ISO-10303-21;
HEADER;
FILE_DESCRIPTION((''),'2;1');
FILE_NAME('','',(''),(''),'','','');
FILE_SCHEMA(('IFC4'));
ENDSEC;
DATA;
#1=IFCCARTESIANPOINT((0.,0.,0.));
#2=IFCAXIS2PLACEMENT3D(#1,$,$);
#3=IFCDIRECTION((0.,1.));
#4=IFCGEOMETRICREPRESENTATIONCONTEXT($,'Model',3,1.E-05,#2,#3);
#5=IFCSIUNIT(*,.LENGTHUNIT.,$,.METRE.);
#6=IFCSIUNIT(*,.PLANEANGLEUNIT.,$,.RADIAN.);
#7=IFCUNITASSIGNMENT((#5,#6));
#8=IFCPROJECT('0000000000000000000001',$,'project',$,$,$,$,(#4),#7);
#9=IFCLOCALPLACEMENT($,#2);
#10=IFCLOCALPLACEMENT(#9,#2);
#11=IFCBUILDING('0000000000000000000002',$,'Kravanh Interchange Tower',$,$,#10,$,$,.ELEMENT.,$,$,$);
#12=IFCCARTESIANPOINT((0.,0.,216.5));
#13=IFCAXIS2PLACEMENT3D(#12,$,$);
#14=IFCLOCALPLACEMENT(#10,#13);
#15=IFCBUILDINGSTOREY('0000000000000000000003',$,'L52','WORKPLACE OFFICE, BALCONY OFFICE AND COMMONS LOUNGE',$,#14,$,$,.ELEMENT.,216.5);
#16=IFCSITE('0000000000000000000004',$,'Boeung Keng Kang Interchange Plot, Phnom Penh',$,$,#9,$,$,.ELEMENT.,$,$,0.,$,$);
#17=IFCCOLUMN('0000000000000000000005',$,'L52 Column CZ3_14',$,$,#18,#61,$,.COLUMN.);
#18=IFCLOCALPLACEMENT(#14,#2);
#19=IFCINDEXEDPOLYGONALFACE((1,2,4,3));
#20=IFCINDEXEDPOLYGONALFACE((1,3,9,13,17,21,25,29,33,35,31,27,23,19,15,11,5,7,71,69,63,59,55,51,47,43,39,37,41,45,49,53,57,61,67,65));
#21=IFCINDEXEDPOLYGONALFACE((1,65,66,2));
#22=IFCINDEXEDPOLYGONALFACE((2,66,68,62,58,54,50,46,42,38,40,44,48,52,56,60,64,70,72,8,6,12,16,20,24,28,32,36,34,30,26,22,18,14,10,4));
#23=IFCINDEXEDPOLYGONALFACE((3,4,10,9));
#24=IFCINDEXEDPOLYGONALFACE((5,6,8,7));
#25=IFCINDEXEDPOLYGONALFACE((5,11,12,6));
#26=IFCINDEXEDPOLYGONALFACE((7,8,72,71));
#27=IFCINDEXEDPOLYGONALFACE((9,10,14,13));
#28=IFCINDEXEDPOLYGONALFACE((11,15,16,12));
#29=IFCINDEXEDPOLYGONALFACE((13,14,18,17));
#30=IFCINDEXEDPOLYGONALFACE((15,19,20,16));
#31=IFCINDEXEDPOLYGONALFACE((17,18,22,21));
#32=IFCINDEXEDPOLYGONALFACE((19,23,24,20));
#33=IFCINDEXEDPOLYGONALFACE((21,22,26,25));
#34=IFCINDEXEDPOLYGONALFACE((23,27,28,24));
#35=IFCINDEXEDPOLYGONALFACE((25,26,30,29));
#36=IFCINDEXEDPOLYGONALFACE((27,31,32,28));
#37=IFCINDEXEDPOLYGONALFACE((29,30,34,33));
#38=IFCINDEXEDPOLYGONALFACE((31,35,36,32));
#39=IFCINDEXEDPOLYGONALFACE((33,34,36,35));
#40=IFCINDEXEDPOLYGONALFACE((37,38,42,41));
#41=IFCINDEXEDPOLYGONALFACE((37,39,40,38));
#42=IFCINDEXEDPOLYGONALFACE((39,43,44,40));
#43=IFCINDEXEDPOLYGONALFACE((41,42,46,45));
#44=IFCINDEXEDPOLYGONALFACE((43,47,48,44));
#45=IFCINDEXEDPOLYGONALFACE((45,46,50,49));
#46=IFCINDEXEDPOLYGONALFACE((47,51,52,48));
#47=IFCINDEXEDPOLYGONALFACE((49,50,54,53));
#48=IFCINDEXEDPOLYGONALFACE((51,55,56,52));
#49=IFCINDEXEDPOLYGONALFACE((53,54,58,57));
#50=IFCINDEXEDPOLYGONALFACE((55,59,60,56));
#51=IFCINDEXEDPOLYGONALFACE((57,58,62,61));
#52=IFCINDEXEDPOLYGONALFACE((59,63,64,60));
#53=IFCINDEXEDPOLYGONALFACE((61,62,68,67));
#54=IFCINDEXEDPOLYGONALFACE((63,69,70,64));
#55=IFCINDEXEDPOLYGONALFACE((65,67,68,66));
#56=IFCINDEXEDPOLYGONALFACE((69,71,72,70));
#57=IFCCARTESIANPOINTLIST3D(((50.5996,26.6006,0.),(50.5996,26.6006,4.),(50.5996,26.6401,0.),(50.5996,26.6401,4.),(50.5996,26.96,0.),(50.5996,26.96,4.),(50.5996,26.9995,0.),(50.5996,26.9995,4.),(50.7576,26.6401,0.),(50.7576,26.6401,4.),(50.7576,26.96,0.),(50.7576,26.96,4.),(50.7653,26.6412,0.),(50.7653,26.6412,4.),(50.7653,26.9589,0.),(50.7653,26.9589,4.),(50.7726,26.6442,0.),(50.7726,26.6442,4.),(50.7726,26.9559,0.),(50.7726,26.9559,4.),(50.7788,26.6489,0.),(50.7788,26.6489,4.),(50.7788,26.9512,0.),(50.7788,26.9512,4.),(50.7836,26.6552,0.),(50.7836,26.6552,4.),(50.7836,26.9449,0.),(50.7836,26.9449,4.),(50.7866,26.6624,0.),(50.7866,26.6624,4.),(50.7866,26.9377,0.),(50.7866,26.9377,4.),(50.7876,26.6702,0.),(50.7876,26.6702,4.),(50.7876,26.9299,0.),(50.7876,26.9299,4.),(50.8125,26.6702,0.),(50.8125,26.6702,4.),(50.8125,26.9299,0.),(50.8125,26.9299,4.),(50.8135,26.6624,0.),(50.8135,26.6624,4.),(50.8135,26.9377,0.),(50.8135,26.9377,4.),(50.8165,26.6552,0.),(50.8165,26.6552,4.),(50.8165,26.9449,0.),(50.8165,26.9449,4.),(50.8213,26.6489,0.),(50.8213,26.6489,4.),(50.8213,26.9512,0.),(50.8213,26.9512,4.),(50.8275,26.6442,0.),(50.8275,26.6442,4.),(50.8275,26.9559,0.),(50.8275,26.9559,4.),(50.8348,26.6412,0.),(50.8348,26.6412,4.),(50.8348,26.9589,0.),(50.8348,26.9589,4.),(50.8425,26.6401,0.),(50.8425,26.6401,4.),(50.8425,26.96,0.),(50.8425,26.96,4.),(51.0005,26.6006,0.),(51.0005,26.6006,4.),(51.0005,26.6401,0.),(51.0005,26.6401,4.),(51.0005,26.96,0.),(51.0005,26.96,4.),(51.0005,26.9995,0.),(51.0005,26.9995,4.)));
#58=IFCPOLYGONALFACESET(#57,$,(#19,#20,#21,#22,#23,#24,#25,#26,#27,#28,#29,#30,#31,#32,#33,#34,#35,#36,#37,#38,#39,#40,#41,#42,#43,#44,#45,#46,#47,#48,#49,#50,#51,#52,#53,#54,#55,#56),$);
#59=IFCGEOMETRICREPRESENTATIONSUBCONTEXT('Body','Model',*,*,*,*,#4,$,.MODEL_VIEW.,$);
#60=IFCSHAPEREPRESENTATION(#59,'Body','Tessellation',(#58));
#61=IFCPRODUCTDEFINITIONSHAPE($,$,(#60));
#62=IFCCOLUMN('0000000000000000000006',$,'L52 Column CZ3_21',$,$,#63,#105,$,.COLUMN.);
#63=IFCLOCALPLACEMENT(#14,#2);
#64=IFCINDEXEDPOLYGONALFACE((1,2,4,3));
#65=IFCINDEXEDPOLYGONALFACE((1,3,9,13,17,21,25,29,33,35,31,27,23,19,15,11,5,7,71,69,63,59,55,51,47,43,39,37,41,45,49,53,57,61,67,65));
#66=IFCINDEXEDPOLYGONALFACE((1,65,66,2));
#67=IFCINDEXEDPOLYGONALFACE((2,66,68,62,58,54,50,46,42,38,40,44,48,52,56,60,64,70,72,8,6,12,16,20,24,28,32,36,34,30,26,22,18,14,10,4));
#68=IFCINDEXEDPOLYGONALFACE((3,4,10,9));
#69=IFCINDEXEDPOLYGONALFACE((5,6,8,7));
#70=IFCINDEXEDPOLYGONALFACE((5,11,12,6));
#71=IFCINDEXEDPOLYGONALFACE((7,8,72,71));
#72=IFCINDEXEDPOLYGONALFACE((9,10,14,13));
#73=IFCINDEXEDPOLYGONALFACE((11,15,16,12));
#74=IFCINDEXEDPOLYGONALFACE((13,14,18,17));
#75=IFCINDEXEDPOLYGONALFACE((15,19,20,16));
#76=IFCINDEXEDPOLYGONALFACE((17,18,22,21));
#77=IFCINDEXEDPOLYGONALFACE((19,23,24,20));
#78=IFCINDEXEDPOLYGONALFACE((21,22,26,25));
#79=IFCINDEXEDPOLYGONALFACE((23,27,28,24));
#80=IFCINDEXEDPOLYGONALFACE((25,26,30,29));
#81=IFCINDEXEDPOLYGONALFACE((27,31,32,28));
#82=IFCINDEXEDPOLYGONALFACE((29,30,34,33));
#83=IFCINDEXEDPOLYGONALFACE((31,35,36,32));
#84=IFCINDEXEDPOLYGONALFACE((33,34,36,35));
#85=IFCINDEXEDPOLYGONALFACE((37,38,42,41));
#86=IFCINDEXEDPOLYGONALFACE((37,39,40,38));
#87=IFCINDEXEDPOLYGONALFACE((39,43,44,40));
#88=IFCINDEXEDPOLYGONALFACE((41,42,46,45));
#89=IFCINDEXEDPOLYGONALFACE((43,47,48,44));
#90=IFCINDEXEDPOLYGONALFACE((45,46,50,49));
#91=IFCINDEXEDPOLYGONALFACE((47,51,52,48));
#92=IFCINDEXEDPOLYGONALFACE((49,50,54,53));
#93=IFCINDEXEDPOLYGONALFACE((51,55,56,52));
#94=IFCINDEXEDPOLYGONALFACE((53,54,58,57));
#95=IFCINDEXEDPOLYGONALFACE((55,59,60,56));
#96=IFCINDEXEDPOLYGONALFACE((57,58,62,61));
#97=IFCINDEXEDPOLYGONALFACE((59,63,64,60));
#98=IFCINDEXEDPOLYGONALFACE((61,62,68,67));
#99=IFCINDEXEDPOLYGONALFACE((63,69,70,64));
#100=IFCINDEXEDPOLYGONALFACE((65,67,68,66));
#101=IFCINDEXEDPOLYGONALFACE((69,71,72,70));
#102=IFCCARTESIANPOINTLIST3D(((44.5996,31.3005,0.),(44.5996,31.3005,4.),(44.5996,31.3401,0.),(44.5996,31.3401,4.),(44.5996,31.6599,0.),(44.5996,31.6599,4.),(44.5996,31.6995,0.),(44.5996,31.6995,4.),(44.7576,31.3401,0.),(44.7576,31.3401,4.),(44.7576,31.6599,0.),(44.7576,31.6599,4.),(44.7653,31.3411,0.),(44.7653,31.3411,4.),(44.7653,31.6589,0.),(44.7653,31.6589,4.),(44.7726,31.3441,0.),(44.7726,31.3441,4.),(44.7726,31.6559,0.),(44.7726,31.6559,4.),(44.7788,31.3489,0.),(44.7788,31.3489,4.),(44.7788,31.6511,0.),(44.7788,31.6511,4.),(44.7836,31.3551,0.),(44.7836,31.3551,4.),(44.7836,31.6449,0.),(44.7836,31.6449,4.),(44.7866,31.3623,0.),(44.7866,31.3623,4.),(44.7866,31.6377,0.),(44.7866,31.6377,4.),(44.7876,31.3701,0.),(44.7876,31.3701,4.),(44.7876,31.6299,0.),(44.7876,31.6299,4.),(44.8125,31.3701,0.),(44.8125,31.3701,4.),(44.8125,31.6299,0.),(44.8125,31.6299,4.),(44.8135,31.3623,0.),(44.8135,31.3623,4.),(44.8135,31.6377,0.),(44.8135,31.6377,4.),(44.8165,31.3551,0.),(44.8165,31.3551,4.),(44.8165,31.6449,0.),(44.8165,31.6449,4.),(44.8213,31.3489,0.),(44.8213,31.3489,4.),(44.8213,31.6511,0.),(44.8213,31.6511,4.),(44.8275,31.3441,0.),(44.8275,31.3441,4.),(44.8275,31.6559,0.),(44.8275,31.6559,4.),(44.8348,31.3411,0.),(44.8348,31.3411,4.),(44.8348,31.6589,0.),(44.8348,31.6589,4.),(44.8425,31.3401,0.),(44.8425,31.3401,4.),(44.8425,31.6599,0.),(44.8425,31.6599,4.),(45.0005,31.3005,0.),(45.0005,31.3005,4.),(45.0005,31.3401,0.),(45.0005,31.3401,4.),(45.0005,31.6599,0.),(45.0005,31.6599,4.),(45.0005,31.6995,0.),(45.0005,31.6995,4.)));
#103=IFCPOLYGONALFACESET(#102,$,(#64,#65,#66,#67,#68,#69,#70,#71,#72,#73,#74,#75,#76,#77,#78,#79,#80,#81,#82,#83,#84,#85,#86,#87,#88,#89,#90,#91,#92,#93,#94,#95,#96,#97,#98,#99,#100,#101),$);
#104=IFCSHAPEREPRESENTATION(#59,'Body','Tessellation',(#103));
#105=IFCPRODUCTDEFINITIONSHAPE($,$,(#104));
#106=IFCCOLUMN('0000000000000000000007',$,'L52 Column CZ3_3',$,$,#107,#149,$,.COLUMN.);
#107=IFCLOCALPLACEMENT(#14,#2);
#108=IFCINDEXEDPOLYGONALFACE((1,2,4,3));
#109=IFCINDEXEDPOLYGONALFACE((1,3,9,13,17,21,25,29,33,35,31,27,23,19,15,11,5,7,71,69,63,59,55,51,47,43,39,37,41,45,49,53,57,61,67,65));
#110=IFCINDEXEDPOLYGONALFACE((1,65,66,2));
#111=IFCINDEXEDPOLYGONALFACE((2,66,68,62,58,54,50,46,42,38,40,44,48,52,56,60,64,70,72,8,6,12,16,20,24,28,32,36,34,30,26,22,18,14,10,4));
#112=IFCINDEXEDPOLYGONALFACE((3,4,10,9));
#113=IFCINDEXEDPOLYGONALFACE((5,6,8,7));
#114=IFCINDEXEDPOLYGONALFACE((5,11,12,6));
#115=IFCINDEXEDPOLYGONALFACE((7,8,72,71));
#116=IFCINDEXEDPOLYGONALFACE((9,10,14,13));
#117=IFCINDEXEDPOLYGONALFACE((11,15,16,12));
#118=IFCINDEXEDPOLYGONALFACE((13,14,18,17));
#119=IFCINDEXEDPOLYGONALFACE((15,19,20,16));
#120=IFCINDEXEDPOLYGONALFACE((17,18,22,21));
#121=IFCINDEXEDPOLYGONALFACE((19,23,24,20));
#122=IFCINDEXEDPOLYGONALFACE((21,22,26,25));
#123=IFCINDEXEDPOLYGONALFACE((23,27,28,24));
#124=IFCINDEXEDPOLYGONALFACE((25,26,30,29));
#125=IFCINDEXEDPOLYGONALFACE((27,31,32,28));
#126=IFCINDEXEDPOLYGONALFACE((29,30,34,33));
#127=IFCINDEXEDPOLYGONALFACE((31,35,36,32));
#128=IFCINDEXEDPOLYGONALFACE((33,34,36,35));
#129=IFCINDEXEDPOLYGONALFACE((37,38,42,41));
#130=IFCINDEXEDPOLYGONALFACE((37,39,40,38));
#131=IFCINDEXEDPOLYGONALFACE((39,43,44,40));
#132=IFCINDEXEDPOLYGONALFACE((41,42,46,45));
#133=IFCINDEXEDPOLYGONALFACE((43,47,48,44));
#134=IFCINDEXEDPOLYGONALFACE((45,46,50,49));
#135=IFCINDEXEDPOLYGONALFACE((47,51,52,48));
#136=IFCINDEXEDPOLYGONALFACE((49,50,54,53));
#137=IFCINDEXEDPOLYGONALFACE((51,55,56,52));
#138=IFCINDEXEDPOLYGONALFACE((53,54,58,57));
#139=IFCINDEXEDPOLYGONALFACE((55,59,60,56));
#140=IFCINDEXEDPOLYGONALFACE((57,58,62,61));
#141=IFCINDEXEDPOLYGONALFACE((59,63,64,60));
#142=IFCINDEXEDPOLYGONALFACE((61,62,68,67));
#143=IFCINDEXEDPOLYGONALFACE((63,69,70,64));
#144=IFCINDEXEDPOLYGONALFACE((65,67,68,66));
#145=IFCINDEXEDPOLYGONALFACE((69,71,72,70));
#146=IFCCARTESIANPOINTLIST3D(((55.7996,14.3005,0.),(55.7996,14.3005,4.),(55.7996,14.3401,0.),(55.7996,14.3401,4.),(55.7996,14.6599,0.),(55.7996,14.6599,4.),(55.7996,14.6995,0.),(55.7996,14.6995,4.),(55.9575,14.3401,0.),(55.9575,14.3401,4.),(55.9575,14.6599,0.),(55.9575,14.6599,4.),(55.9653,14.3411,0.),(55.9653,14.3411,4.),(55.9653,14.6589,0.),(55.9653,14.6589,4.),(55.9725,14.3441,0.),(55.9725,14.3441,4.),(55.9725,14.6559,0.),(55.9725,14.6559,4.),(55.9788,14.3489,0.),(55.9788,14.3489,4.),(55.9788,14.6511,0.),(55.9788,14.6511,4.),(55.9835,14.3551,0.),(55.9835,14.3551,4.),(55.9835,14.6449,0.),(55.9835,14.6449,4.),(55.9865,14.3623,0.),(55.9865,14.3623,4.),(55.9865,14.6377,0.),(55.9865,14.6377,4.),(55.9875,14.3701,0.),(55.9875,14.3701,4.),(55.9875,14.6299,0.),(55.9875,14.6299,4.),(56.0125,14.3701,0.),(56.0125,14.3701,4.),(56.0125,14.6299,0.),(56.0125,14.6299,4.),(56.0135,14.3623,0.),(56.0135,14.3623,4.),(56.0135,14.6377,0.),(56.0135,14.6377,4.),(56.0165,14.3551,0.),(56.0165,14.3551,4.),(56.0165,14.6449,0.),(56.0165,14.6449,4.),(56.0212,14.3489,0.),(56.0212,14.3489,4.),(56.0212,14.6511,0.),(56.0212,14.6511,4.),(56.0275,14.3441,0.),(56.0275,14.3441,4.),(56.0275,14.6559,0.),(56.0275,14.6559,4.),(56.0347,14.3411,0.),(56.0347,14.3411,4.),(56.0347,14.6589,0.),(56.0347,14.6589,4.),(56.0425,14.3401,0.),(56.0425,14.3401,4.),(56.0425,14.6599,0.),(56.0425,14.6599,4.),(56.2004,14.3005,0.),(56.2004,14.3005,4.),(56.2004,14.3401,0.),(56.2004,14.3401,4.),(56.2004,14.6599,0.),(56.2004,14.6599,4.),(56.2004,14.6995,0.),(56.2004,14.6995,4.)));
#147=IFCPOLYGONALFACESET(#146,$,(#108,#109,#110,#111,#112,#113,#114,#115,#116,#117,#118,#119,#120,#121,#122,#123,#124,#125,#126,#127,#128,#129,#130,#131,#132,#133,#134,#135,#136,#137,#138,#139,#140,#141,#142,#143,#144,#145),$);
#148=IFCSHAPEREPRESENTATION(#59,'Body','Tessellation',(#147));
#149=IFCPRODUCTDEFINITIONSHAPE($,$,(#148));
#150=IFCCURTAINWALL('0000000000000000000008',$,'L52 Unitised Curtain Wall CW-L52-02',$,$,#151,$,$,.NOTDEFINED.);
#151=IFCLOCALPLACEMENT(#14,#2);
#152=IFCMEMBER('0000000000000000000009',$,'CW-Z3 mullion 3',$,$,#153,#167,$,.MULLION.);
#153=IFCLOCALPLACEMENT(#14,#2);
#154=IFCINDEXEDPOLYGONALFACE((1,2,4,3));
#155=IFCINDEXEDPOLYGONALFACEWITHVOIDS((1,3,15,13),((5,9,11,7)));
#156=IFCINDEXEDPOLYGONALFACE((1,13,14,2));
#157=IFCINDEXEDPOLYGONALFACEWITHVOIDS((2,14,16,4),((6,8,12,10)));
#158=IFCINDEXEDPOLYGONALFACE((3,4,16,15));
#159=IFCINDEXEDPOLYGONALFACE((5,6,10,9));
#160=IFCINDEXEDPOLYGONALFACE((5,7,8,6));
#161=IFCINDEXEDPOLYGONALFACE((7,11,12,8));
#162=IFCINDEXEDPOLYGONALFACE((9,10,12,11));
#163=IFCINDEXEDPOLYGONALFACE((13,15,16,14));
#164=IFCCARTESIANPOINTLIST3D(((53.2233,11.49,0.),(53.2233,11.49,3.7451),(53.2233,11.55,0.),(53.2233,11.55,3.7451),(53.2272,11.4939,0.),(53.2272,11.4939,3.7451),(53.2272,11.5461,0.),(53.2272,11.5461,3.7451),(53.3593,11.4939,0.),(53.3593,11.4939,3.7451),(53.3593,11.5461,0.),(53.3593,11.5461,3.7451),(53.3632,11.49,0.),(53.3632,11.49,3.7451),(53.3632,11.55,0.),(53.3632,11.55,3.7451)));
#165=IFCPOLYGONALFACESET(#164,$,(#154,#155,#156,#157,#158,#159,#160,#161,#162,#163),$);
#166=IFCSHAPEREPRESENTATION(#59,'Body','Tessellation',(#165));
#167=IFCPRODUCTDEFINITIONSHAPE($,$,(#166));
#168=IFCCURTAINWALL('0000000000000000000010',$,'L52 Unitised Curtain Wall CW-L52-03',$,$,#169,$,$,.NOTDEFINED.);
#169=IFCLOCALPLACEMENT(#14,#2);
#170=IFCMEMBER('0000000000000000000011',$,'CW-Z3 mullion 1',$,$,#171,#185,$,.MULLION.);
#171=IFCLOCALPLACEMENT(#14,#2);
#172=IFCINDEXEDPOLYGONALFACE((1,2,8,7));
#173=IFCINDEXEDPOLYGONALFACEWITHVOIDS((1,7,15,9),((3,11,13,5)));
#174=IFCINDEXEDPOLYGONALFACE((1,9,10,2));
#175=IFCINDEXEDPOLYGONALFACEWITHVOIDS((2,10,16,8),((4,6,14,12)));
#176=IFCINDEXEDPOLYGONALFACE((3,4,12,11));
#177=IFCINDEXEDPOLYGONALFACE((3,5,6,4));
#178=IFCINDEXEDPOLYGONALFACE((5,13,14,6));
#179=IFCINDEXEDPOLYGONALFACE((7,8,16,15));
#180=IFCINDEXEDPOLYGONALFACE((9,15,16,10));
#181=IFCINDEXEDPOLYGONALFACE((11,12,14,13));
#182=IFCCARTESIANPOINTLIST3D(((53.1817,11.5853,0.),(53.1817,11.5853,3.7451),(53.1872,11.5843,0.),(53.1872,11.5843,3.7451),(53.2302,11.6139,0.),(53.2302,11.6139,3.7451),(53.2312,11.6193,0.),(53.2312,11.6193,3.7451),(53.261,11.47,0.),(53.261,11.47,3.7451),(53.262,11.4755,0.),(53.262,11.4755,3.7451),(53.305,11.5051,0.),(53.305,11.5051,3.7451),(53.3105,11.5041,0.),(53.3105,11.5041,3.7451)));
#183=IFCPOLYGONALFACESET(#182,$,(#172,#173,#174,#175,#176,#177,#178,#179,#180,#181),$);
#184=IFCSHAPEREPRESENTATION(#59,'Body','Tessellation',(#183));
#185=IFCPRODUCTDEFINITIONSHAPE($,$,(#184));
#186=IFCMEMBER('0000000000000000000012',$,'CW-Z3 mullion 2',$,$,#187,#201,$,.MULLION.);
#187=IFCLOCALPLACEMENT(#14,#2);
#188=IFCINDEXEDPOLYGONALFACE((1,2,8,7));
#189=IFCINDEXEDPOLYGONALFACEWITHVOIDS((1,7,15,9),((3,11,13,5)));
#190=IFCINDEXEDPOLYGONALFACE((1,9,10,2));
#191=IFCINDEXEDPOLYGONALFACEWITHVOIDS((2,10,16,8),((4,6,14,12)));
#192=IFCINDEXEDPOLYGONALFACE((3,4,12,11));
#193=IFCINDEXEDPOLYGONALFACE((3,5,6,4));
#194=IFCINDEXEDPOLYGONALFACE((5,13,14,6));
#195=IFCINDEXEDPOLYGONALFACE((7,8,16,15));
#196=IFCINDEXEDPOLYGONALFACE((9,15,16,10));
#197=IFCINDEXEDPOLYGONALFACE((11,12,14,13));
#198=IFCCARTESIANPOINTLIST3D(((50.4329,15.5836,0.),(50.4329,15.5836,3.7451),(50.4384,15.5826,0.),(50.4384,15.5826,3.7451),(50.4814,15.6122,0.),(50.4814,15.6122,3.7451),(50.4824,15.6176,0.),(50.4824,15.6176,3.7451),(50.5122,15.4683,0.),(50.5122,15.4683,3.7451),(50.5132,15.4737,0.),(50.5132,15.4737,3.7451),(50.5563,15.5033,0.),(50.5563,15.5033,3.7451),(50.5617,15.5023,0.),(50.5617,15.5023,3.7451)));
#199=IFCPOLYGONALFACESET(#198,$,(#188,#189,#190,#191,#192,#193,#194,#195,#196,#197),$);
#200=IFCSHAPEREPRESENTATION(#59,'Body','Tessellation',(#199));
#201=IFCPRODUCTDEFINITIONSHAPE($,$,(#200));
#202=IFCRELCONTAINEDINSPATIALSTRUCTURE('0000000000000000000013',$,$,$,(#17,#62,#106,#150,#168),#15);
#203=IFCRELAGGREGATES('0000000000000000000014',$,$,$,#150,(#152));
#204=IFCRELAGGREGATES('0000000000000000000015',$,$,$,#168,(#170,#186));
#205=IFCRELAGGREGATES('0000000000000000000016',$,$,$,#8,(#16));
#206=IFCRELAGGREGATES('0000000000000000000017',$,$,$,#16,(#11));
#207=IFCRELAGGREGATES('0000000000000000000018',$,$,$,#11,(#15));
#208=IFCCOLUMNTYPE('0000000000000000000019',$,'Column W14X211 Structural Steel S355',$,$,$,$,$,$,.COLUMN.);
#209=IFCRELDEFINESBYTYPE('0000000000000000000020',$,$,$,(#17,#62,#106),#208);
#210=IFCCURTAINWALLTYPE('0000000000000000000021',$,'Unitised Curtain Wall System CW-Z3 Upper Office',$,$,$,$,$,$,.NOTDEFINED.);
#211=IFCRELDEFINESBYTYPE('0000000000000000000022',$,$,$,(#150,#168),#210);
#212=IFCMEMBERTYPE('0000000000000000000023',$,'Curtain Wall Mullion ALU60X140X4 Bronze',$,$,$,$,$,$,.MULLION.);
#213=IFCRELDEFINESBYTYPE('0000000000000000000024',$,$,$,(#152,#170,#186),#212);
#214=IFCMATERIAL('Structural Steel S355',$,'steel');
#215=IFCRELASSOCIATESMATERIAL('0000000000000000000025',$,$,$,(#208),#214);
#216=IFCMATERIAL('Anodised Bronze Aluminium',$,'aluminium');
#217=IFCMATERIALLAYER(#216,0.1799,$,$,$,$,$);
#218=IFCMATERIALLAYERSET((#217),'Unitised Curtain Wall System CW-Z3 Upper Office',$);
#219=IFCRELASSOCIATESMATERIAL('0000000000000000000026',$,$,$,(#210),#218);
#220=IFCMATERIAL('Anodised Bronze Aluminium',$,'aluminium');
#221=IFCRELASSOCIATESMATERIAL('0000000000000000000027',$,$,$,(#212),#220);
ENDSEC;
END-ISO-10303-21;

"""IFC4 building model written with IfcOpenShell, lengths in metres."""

from ifc_helpers import new_model, si_unit, direction, frame, origin, origin_2d, place, context, subcontext, project, spatial, hollow_rectangle, i_section, extrude, material, layer, layer_set, material_profile, profile_set, type_object, element, aggregate, save


model = new_model("IFC4")

# Units and contexts
model_context = context("Model", 3, precision=1e-05, world=origin(), true_north=direction((0.0, 1.0)))
body_context = subcontext(model_context, "Body", "Model", "MODEL_VIEW")
ifc_project = project(units=[si_unit("LENGTHUNIT", "METRE"), si_unit("PLANEANGLEUNIT", "RADIAN")], contexts=[model_context])

# Site, building, storey
site_placement = place(None, origin())
site = spatial("IfcSite", under=ifc_project, at=site_placement, Name="Boeung Keng Kang Interchange Plot, Phnom Penh", CompositionType="ELEMENT", RefElevation=0.0)
building_placement = place(site_placement, origin())
building = spatial("IfcBuilding", under=site, at=building_placement, Name="Kravanh Interchange Tower", CompositionType="ELEMENT")
storey_placement = place(building_placement, frame((0.0, 0.0, 216.5)))
storey = spatial("IfcBuildingStorey", under=building, at=storey_placement, Name="L52", Description="WORKPLACE OFFICE, BALCONY OFFICE AND COMMONS LOUNGE", CompositionType="ELEMENT", Elevation=216.5)

# Columns
ifc_material_1 = material(Name="Structural Steel S355", Category="steel")
ifc_material_profile_1 = material_profile(ifc_material_1, i_section(OverallWidth=0.4009, OverallDepth=0.3989, WebThickness=0.0249, FlangeThickness=0.0396, FilletRadius=0.03, at=origin_2d()), Name="W14X211")
ifc_profile_set_1 = profile_set([ifc_material_profile_1], Name="Structural Steel S355")
column_type = type_object("IfcColumnType", Name="Column W14X211 Structural Steel S355", PredefinedType="COLUMN", material=ifc_profile_set_1)
for number, where, z_axis, x_axis, name in (
    (1, (50.8, 26.8, 0.0), (0.0, 0.0, 1.0), (1.0, 0.0, 0.0), "L52 Column CZ3_14"),
    (2, (44.8, 31.5, 0.0), (0.0, 0.0, 1.0), (1.0, 0.0, 0.0), "L52 Column CZ3_21"),
    (3, (56.0, 14.5, 0.0), (0.0, 0.0, 1.0), (1.0, 0.0, 0.0), "L52 Column CZ3_3"),
):
    element("IfcColumn", number, at=place(storey_placement, frame(where, z_axis=z_axis, x_axis=x_axis)), inside=storey, type_object=column_type, Name=name, PredefinedType="COLUMN", context=body_context, shape_type="SweptSolid", body=[
        extrude(i_section(OverallWidth=0.4009, OverallDepth=0.3989, WebThickness=0.0249, FlangeThickness=0.0396, FilletRadius=0.03, at=origin_2d()), origin(), (0.0, 0.0, 1.0), 4.0),
    ])

# Curtain wall, member
ifc_material_2 = material(Name="Anodised Bronze Aluminium", Category="aluminium")
ifc_layer_1 = layer(ifc_material_2, 0.1799)
ifc_layer_set_1 = layer_set([ifc_layer_1], Name="Unitised Curtain Wall System CW-Z3 Upper Office")
curtain_wall_type = type_object("IfcCurtainWallType", Name="Unitised Curtain Wall System CW-Z3 Upper Office", PredefinedType="NOTDEFINED", material=ifc_layer_set_1)
curtain_wall_1_placement = place(storey_placement, origin())
curtain_wall_1 = element("IfcCurtainWall", 4, at=curtain_wall_1_placement, inside=storey, type_object=curtain_wall_type, Name="L52 Unitised Curtain Wall CW-L52-02", PredefinedType="NOTDEFINED")
ifc_material_3 = material(Name="Anodised Bronze Aluminium", Category="aluminium")
ifc_material_profile_2 = material_profile(ifc_material_3, hollow_rectangle(XDim=0.0601, YDim=0.1399, WallThickness=0.0039, at=origin_2d()), Name="ALU60X140X4")
ifc_profile_set_2 = profile_set([ifc_material_profile_2], Name="Anodised Bronze Aluminium")
member_type_1 = type_object("IfcMemberType", Name="Curtain Wall Mullion ALU60X140X4 Bronze", PredefinedType="MULLION", material=ifc_profile_set_2)
member_1_placement = place(storey_placement, frame((53.2932, 11.52, 0.0), z_axis=(0.0, 0.0, 1.0), x_axis=(0.0, -1.0, 0.0)))
member_1 = element("IfcMember", 5, at=member_1_placement, type_object=member_type_1, Name="CW-Z3 mullion 3", PredefinedType="MULLION", context=body_context, shape_type="SweptSolid", body=[
    extrude(hollow_rectangle(XDim=0.0601, YDim=0.1399, WallThickness=0.0039, at=origin_2d()), origin(), (0.0, 0.0, 1.0), 3.7451),
])

# Curtain wall, members
curtain_wall_2_placement = place(storey_placement, origin())
curtain_wall_2 = element("IfcCurtainWall", 6, at=curtain_wall_2_placement, inside=storey, type_object=curtain_wall_type, Name="L52 Unitised Curtain Wall CW-L52-03", PredefinedType="NOTDEFINED")
member_2_placement = place(storey_placement, frame((53.2461, 11.5447, 0.0), z_axis=(0.0, 0.0, 1.0), x_axis=(-0.824042, -0.566528, 0.0)))
member_2 = element("IfcMember", 7, at=member_2_placement, type_object=member_type_1, Name="CW-Z3 mullion 1", PredefinedType="MULLION", context=body_context, shape_type="SweptSolid", body=[
    extrude(hollow_rectangle(XDim=0.0601, YDim=0.1399, WallThickness=0.0039, at=origin_2d()), origin(), (0.0, 0.0, 1.0), 3.7451),
])
member_3_placement = place(storey_placement, frame((50.4973, 15.543, 0.0), z_axis=(0.0, 0.0, 1.0), x_axis=(-0.824042, -0.566528, 0.0)))
member_3 = element("IfcMember", 8, at=member_3_placement, type_object=member_type_1, Name="CW-Z3 mullion 2", PredefinedType="MULLION", context=body_context, shape_type="SweptSolid", body=[
    extrude(hollow_rectangle(XDim=0.0601, YDim=0.1399, WallThickness=0.0039, at=origin_2d()), origin(), (0.0, 0.0, 1.0), 3.7451),
])

aggregate(curtain_wall_1, [member_1])
aggregate(curtain_wall_2, [member_2, member_3])

save(model, "model.ifc")
